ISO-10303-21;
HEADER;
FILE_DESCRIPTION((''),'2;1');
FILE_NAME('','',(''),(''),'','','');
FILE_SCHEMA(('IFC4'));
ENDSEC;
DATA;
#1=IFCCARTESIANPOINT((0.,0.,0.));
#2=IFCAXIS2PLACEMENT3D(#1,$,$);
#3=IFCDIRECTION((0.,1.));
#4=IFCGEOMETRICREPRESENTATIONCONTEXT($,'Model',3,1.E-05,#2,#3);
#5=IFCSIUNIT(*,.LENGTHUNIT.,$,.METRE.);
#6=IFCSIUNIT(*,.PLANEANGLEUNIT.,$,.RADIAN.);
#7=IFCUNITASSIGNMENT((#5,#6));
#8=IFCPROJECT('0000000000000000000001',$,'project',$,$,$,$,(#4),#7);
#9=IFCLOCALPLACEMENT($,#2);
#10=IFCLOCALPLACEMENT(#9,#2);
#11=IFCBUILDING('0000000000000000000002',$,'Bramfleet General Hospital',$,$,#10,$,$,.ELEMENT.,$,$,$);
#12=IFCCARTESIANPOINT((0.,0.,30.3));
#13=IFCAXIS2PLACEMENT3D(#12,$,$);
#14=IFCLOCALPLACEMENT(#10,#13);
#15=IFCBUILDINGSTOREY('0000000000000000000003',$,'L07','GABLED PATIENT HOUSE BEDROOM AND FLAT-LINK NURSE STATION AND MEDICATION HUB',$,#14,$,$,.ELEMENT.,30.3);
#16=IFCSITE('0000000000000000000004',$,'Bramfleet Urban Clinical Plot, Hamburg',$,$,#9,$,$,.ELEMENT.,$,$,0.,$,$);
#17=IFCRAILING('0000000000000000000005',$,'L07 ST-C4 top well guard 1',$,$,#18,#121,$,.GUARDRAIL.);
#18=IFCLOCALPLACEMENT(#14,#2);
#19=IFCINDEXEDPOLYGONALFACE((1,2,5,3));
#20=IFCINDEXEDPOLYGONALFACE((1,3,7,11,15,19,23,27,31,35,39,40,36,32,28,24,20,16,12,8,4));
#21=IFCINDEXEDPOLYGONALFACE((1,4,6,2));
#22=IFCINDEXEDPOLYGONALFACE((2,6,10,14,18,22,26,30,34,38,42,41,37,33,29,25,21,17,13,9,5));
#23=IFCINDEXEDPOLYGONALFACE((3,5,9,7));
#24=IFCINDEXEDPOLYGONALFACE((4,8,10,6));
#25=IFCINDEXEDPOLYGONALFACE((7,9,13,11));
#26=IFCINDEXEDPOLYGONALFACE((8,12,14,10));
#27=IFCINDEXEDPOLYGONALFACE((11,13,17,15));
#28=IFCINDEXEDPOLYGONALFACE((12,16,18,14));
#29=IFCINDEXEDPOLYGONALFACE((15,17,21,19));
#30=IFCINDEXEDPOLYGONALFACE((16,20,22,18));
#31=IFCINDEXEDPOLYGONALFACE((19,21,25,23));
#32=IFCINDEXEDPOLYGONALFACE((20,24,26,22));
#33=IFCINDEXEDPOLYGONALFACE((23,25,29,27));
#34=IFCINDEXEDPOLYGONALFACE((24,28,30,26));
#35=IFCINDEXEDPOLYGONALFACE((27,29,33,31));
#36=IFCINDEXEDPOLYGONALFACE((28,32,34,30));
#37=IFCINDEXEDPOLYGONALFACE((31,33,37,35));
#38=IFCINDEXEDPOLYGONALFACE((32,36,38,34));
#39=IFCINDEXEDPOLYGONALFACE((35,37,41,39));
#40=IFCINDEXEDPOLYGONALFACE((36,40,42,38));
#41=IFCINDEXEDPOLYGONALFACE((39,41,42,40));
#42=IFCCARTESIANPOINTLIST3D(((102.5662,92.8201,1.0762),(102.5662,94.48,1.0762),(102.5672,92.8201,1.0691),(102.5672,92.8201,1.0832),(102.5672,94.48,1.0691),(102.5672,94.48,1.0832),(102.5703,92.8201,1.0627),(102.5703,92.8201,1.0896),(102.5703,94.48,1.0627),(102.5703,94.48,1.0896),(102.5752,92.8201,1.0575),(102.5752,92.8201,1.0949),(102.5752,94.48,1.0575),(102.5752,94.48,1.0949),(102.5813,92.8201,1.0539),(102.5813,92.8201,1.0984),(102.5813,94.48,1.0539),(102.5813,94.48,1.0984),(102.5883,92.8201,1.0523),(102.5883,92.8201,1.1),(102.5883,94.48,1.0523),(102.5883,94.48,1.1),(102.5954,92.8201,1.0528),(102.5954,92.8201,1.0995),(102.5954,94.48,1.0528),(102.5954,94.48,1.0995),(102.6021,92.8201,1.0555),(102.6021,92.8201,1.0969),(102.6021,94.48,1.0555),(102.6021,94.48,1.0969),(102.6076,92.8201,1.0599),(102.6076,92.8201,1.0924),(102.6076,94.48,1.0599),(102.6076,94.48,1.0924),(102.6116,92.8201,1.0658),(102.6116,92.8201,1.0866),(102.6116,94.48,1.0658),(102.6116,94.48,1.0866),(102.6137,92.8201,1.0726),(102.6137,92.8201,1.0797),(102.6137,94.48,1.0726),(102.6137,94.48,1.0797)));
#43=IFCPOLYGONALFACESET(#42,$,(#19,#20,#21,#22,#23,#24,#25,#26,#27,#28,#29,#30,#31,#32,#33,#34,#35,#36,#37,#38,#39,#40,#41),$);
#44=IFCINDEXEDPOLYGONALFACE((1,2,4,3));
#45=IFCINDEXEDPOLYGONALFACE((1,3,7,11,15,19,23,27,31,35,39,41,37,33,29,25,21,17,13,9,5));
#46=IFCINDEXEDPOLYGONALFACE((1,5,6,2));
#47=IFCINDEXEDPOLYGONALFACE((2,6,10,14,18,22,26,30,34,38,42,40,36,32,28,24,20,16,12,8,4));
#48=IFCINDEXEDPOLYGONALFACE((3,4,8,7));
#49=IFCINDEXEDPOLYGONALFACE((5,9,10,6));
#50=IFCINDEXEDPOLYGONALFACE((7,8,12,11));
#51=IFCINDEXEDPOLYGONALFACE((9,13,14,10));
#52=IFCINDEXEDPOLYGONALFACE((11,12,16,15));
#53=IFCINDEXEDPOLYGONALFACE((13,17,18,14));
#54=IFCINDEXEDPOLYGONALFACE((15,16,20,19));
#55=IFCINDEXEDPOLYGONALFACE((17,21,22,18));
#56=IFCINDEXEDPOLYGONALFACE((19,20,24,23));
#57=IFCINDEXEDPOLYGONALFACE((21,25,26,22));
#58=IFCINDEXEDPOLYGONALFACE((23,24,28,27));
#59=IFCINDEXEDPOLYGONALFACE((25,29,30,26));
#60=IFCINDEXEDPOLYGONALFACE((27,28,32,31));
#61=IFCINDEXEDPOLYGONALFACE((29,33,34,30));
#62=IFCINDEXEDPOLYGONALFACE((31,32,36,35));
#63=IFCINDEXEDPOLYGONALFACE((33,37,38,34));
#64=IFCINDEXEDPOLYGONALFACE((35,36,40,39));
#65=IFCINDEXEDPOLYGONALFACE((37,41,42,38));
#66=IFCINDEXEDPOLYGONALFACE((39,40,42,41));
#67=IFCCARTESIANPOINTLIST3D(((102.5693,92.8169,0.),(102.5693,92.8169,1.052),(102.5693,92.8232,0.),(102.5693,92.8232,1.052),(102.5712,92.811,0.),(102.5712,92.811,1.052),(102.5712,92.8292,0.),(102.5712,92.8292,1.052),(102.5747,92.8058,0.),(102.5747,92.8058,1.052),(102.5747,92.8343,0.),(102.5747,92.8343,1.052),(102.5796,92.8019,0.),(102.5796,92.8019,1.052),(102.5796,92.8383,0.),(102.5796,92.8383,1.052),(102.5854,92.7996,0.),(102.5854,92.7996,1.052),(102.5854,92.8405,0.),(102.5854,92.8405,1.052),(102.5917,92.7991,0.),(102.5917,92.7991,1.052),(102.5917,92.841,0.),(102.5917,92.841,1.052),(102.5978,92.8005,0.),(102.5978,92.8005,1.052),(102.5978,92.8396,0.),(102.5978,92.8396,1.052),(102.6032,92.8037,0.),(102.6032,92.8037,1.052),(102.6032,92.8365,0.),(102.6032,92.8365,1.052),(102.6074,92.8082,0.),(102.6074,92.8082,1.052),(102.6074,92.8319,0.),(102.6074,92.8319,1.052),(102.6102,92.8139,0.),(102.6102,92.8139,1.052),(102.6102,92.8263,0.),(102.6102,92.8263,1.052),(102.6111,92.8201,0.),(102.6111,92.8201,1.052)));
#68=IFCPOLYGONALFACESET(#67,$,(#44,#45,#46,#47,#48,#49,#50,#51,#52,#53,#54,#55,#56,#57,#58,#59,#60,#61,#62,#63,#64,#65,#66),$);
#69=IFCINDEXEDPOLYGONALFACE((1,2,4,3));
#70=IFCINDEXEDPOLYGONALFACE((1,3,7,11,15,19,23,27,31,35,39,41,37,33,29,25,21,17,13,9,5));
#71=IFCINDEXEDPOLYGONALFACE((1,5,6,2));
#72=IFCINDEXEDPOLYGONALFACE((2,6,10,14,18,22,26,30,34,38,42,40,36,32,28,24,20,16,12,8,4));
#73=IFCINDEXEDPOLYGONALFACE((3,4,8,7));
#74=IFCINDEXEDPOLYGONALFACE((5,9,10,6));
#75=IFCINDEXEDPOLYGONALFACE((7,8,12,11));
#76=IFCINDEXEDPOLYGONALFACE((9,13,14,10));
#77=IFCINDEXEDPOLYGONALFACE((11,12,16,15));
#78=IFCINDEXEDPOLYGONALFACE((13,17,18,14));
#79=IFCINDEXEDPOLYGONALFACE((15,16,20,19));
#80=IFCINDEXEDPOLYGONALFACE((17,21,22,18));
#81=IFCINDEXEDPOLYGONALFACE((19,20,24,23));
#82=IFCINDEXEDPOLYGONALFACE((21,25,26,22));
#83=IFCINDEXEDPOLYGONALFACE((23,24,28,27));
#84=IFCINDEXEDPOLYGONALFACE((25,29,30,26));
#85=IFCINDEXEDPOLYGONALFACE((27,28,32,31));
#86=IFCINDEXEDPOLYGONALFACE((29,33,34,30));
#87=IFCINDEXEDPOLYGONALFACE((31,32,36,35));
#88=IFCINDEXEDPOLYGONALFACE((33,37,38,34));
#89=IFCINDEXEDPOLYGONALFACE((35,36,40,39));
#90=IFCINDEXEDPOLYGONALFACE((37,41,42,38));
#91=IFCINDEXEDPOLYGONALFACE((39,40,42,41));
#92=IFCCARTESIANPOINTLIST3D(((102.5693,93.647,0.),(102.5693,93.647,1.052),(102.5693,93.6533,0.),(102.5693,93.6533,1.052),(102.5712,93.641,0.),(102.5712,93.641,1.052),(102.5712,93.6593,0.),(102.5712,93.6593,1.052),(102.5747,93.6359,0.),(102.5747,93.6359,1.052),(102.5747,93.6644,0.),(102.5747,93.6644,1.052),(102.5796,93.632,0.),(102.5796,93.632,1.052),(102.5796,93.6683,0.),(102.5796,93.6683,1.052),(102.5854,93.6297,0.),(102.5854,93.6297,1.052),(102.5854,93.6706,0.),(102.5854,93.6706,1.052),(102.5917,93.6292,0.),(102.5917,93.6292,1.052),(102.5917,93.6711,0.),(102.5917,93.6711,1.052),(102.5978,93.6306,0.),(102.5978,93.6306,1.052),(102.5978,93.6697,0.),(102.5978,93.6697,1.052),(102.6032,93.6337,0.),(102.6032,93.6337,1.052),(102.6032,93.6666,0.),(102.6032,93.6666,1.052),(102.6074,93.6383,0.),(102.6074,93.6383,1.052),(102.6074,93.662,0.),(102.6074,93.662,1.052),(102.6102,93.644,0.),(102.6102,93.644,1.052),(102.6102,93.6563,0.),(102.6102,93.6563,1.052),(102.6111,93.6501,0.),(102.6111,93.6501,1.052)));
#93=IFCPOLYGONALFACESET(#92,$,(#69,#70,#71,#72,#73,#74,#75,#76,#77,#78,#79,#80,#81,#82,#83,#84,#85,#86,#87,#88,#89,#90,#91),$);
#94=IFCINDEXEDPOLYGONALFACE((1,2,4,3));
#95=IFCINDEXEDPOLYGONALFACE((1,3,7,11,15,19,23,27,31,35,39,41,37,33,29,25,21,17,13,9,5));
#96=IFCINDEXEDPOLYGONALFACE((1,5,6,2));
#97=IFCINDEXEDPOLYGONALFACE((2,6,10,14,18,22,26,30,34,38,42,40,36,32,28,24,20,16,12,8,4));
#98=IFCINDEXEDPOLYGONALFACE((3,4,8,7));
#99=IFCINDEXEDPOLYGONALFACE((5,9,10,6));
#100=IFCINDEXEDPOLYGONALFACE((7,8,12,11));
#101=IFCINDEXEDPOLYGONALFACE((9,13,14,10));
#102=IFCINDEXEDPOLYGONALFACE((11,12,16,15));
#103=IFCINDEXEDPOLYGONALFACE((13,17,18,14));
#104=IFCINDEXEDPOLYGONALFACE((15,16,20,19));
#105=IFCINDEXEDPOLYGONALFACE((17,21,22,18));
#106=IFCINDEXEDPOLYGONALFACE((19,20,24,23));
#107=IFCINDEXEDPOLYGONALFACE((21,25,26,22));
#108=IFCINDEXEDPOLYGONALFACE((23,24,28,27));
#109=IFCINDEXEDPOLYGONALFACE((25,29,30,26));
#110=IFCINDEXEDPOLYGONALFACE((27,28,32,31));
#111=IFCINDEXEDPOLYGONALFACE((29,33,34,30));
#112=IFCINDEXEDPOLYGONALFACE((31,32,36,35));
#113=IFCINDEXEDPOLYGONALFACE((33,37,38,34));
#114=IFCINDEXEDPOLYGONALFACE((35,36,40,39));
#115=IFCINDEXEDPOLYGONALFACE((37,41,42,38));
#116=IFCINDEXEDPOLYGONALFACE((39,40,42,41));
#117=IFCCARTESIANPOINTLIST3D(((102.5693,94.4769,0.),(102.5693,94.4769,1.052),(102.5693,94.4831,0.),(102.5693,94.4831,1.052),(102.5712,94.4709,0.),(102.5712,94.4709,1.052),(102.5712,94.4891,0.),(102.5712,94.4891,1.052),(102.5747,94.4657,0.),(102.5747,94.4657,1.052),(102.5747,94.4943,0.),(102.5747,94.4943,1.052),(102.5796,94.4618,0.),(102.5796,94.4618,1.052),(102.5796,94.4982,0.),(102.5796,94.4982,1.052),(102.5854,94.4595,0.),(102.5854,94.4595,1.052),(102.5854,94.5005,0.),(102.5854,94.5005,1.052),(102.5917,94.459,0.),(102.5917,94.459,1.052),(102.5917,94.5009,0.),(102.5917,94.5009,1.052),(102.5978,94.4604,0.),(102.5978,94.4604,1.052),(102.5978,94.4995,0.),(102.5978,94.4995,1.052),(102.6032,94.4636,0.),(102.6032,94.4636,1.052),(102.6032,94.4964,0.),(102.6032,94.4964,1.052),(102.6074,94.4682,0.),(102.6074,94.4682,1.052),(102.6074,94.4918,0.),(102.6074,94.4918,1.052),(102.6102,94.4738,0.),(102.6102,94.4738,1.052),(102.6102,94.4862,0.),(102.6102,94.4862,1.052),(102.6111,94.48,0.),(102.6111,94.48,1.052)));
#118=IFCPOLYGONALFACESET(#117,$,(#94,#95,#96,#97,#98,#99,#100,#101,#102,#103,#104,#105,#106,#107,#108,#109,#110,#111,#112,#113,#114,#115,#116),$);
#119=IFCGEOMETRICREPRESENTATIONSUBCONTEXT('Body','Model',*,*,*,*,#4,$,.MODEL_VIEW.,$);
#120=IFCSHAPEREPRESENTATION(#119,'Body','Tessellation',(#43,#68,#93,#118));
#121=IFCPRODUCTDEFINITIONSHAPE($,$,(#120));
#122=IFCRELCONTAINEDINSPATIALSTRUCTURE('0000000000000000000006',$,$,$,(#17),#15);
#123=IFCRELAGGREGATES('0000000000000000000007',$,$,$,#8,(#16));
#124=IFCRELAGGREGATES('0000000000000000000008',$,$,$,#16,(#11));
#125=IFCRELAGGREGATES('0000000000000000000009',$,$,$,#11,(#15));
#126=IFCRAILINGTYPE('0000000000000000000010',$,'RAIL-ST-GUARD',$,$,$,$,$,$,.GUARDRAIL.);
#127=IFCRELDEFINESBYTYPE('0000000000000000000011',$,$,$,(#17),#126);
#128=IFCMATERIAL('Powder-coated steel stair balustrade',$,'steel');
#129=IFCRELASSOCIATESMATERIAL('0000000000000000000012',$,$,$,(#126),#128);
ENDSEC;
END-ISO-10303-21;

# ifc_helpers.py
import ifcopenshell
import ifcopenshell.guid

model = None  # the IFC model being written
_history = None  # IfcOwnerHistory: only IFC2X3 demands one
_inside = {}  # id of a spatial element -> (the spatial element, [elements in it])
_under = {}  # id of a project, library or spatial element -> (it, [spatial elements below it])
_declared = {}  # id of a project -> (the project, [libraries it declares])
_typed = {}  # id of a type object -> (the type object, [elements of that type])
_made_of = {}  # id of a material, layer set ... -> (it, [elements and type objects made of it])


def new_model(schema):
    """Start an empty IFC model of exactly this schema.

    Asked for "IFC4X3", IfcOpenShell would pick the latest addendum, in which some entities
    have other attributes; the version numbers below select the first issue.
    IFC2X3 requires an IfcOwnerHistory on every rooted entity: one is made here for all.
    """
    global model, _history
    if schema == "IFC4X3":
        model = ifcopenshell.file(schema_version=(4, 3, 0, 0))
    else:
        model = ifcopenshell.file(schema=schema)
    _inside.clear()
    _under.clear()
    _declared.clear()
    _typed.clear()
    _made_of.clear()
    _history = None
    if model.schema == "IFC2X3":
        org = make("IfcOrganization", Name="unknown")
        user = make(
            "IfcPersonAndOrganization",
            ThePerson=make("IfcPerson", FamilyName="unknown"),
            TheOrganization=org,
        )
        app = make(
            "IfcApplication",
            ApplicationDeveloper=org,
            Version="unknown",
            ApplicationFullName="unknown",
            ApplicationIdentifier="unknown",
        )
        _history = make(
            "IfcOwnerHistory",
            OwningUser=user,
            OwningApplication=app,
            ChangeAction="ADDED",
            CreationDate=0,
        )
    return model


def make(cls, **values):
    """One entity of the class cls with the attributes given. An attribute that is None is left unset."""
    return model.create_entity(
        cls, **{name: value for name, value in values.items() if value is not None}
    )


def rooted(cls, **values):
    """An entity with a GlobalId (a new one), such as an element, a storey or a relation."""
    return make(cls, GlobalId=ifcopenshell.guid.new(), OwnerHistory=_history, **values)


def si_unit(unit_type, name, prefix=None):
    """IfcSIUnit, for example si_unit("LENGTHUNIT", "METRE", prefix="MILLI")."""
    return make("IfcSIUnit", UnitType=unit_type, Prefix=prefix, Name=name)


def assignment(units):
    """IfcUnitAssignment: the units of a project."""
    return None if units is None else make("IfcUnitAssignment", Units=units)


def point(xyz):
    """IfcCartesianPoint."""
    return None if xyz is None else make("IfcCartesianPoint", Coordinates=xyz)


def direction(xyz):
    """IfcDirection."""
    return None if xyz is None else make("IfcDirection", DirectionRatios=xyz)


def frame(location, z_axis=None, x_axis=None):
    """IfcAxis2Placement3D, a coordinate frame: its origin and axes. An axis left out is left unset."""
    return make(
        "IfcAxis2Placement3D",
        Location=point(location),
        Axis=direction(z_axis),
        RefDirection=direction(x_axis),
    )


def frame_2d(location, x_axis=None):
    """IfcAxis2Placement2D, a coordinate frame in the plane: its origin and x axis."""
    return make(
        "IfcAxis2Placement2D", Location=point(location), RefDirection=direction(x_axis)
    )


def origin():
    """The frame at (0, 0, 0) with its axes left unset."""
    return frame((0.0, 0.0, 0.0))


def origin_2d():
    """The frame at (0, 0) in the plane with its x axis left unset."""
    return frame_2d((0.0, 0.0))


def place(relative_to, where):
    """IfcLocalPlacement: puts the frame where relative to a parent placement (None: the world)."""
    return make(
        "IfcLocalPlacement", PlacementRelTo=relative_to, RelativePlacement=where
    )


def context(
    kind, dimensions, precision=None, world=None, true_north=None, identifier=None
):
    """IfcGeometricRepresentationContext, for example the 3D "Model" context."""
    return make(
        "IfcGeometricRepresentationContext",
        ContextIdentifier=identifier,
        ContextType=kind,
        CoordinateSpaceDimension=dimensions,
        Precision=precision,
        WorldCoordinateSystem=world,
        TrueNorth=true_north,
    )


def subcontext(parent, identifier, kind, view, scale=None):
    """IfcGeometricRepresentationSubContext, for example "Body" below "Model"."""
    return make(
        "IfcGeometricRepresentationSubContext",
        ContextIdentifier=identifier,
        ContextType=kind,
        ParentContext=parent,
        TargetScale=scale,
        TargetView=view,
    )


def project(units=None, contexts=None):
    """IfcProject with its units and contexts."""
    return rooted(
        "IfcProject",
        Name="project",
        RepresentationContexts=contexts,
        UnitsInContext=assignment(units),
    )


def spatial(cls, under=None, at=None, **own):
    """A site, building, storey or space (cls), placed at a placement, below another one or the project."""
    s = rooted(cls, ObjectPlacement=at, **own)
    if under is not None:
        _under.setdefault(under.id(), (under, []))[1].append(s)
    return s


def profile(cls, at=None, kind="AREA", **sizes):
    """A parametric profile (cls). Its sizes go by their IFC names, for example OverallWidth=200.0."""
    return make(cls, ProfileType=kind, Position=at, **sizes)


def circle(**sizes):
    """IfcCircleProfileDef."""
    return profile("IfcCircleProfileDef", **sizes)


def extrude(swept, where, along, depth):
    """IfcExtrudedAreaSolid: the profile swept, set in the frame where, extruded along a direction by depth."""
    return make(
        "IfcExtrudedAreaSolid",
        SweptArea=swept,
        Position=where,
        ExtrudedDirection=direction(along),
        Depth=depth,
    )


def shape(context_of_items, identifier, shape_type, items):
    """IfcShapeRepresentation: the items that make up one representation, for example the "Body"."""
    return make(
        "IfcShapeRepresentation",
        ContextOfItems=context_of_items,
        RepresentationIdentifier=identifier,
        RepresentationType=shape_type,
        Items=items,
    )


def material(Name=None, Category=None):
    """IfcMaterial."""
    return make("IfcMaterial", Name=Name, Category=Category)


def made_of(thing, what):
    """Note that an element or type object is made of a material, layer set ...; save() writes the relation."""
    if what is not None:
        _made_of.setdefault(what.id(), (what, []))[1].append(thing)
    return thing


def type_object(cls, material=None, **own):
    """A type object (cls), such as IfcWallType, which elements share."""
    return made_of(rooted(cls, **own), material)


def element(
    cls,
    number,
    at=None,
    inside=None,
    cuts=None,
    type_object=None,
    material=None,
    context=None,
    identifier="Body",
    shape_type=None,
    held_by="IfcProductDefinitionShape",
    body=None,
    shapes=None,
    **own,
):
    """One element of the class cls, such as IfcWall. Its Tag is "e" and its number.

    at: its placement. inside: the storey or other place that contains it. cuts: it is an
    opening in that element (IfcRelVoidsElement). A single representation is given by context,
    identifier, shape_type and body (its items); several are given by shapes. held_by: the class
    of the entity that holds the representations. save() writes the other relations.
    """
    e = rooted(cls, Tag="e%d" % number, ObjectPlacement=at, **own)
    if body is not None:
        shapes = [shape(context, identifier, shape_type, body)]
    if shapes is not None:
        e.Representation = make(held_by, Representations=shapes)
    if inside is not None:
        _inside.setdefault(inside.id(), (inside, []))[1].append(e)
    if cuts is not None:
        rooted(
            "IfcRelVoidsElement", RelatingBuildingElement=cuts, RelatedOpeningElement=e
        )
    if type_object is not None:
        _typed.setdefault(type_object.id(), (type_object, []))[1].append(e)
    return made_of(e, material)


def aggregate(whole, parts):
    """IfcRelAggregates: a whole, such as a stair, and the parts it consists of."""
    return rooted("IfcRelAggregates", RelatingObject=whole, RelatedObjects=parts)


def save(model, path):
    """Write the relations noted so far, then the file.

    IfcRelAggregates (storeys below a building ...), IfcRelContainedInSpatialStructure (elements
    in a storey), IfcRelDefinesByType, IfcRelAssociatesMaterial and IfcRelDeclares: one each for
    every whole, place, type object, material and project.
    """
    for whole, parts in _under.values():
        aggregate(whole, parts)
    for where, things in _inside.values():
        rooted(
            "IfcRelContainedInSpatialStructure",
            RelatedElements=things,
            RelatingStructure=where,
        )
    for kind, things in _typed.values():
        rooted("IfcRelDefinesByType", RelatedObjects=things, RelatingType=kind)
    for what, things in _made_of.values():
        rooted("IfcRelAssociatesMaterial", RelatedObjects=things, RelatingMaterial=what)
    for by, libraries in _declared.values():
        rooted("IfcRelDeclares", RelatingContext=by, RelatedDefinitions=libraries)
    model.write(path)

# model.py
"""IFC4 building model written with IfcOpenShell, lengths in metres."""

from ifc_helpers import new_model, si_unit, direction, frame, origin, origin_2d, place, context, subcontext, project, spatial, circle, extrude, material, type_object, element, save


model = new_model("IFC4")

# Units and contexts
model_context = context("Model", 3, precision=1e-05, world=origin(), true_north=direction((0.0, 1.0)))
body_context = subcontext(model_context, "Body", "Model", "MODEL_VIEW")
ifc_project = project(units=[si_unit("LENGTHUNIT", "METRE"), si_unit("PLANEANGLEUNIT", "RADIAN")], contexts=[model_context])

# Site, building, storey
site_placement = place(None, origin())
site = spatial("IfcSite", under=ifc_project, at=site_placement, Name="Bramfleet Urban Clinical Plot, Hamburg", CompositionType="ELEMENT", RefElevation=0.0)
building_placement = place(site_placement, origin())
building = spatial("IfcBuilding", under=site, at=building_placement, Name="Bramfleet General Hospital", CompositionType="ELEMENT")
storey_placement = place(building_placement, frame((0.0, 0.0, 30.3)))
storey = spatial("IfcBuildingStorey", under=building, at=storey_placement, Name="L07", Description="GABLED PATIENT HOUSE BEDROOM AND FLAT-LINK NURSE STATION AND MEDICATION HUB", CompositionType="ELEMENT", Elevation=30.3)

# Railing
ifc_material_1 = material(Name="Powder-coated steel stair balustrade", Category="steel")
railing_type = type_object("IfcRailingType", Name="RAIL-ST-GUARD", PredefinedType="GUARDRAIL", material=ifc_material_1)
railing_placement = place(storey_placement, frame((102.5901, 92.8201, 0.0)))
element("IfcRailing", 1, at=railing_placement, inside=storey, type_object=railing_type, Name="L07 ST-C4 top well guard 1", PredefinedType="GUARDRAIL", context=body_context, shape_type="SweptSolid", body=[
    extrude(circle(Radius=0.0239, at=origin_2d()), frame((0.0, 0.0, 1.0762), z_axis=(0.0, 1.0, 0.0), x_axis=(-1.0, 0.0, 0.0)), (0.0, 0.0, 1.0), 1.6599),
    extrude(circle(Radius=0.021, at=origin_2d()), origin(), (0.0, 0.0, 1.0), 1.052),
    extrude(circle(Radius=0.021, at=origin_2d()), frame((0.0, 0.8301, 0.0)), (0.0, 0.0, 1.0), 1.052),
    extrude(circle(Radius=0.021, at=origin_2d()), frame((0.0, 1.6599, 0.0)), (0.0, 0.0, 1.0), 1.052),
])

save(model, "model.ifc")
